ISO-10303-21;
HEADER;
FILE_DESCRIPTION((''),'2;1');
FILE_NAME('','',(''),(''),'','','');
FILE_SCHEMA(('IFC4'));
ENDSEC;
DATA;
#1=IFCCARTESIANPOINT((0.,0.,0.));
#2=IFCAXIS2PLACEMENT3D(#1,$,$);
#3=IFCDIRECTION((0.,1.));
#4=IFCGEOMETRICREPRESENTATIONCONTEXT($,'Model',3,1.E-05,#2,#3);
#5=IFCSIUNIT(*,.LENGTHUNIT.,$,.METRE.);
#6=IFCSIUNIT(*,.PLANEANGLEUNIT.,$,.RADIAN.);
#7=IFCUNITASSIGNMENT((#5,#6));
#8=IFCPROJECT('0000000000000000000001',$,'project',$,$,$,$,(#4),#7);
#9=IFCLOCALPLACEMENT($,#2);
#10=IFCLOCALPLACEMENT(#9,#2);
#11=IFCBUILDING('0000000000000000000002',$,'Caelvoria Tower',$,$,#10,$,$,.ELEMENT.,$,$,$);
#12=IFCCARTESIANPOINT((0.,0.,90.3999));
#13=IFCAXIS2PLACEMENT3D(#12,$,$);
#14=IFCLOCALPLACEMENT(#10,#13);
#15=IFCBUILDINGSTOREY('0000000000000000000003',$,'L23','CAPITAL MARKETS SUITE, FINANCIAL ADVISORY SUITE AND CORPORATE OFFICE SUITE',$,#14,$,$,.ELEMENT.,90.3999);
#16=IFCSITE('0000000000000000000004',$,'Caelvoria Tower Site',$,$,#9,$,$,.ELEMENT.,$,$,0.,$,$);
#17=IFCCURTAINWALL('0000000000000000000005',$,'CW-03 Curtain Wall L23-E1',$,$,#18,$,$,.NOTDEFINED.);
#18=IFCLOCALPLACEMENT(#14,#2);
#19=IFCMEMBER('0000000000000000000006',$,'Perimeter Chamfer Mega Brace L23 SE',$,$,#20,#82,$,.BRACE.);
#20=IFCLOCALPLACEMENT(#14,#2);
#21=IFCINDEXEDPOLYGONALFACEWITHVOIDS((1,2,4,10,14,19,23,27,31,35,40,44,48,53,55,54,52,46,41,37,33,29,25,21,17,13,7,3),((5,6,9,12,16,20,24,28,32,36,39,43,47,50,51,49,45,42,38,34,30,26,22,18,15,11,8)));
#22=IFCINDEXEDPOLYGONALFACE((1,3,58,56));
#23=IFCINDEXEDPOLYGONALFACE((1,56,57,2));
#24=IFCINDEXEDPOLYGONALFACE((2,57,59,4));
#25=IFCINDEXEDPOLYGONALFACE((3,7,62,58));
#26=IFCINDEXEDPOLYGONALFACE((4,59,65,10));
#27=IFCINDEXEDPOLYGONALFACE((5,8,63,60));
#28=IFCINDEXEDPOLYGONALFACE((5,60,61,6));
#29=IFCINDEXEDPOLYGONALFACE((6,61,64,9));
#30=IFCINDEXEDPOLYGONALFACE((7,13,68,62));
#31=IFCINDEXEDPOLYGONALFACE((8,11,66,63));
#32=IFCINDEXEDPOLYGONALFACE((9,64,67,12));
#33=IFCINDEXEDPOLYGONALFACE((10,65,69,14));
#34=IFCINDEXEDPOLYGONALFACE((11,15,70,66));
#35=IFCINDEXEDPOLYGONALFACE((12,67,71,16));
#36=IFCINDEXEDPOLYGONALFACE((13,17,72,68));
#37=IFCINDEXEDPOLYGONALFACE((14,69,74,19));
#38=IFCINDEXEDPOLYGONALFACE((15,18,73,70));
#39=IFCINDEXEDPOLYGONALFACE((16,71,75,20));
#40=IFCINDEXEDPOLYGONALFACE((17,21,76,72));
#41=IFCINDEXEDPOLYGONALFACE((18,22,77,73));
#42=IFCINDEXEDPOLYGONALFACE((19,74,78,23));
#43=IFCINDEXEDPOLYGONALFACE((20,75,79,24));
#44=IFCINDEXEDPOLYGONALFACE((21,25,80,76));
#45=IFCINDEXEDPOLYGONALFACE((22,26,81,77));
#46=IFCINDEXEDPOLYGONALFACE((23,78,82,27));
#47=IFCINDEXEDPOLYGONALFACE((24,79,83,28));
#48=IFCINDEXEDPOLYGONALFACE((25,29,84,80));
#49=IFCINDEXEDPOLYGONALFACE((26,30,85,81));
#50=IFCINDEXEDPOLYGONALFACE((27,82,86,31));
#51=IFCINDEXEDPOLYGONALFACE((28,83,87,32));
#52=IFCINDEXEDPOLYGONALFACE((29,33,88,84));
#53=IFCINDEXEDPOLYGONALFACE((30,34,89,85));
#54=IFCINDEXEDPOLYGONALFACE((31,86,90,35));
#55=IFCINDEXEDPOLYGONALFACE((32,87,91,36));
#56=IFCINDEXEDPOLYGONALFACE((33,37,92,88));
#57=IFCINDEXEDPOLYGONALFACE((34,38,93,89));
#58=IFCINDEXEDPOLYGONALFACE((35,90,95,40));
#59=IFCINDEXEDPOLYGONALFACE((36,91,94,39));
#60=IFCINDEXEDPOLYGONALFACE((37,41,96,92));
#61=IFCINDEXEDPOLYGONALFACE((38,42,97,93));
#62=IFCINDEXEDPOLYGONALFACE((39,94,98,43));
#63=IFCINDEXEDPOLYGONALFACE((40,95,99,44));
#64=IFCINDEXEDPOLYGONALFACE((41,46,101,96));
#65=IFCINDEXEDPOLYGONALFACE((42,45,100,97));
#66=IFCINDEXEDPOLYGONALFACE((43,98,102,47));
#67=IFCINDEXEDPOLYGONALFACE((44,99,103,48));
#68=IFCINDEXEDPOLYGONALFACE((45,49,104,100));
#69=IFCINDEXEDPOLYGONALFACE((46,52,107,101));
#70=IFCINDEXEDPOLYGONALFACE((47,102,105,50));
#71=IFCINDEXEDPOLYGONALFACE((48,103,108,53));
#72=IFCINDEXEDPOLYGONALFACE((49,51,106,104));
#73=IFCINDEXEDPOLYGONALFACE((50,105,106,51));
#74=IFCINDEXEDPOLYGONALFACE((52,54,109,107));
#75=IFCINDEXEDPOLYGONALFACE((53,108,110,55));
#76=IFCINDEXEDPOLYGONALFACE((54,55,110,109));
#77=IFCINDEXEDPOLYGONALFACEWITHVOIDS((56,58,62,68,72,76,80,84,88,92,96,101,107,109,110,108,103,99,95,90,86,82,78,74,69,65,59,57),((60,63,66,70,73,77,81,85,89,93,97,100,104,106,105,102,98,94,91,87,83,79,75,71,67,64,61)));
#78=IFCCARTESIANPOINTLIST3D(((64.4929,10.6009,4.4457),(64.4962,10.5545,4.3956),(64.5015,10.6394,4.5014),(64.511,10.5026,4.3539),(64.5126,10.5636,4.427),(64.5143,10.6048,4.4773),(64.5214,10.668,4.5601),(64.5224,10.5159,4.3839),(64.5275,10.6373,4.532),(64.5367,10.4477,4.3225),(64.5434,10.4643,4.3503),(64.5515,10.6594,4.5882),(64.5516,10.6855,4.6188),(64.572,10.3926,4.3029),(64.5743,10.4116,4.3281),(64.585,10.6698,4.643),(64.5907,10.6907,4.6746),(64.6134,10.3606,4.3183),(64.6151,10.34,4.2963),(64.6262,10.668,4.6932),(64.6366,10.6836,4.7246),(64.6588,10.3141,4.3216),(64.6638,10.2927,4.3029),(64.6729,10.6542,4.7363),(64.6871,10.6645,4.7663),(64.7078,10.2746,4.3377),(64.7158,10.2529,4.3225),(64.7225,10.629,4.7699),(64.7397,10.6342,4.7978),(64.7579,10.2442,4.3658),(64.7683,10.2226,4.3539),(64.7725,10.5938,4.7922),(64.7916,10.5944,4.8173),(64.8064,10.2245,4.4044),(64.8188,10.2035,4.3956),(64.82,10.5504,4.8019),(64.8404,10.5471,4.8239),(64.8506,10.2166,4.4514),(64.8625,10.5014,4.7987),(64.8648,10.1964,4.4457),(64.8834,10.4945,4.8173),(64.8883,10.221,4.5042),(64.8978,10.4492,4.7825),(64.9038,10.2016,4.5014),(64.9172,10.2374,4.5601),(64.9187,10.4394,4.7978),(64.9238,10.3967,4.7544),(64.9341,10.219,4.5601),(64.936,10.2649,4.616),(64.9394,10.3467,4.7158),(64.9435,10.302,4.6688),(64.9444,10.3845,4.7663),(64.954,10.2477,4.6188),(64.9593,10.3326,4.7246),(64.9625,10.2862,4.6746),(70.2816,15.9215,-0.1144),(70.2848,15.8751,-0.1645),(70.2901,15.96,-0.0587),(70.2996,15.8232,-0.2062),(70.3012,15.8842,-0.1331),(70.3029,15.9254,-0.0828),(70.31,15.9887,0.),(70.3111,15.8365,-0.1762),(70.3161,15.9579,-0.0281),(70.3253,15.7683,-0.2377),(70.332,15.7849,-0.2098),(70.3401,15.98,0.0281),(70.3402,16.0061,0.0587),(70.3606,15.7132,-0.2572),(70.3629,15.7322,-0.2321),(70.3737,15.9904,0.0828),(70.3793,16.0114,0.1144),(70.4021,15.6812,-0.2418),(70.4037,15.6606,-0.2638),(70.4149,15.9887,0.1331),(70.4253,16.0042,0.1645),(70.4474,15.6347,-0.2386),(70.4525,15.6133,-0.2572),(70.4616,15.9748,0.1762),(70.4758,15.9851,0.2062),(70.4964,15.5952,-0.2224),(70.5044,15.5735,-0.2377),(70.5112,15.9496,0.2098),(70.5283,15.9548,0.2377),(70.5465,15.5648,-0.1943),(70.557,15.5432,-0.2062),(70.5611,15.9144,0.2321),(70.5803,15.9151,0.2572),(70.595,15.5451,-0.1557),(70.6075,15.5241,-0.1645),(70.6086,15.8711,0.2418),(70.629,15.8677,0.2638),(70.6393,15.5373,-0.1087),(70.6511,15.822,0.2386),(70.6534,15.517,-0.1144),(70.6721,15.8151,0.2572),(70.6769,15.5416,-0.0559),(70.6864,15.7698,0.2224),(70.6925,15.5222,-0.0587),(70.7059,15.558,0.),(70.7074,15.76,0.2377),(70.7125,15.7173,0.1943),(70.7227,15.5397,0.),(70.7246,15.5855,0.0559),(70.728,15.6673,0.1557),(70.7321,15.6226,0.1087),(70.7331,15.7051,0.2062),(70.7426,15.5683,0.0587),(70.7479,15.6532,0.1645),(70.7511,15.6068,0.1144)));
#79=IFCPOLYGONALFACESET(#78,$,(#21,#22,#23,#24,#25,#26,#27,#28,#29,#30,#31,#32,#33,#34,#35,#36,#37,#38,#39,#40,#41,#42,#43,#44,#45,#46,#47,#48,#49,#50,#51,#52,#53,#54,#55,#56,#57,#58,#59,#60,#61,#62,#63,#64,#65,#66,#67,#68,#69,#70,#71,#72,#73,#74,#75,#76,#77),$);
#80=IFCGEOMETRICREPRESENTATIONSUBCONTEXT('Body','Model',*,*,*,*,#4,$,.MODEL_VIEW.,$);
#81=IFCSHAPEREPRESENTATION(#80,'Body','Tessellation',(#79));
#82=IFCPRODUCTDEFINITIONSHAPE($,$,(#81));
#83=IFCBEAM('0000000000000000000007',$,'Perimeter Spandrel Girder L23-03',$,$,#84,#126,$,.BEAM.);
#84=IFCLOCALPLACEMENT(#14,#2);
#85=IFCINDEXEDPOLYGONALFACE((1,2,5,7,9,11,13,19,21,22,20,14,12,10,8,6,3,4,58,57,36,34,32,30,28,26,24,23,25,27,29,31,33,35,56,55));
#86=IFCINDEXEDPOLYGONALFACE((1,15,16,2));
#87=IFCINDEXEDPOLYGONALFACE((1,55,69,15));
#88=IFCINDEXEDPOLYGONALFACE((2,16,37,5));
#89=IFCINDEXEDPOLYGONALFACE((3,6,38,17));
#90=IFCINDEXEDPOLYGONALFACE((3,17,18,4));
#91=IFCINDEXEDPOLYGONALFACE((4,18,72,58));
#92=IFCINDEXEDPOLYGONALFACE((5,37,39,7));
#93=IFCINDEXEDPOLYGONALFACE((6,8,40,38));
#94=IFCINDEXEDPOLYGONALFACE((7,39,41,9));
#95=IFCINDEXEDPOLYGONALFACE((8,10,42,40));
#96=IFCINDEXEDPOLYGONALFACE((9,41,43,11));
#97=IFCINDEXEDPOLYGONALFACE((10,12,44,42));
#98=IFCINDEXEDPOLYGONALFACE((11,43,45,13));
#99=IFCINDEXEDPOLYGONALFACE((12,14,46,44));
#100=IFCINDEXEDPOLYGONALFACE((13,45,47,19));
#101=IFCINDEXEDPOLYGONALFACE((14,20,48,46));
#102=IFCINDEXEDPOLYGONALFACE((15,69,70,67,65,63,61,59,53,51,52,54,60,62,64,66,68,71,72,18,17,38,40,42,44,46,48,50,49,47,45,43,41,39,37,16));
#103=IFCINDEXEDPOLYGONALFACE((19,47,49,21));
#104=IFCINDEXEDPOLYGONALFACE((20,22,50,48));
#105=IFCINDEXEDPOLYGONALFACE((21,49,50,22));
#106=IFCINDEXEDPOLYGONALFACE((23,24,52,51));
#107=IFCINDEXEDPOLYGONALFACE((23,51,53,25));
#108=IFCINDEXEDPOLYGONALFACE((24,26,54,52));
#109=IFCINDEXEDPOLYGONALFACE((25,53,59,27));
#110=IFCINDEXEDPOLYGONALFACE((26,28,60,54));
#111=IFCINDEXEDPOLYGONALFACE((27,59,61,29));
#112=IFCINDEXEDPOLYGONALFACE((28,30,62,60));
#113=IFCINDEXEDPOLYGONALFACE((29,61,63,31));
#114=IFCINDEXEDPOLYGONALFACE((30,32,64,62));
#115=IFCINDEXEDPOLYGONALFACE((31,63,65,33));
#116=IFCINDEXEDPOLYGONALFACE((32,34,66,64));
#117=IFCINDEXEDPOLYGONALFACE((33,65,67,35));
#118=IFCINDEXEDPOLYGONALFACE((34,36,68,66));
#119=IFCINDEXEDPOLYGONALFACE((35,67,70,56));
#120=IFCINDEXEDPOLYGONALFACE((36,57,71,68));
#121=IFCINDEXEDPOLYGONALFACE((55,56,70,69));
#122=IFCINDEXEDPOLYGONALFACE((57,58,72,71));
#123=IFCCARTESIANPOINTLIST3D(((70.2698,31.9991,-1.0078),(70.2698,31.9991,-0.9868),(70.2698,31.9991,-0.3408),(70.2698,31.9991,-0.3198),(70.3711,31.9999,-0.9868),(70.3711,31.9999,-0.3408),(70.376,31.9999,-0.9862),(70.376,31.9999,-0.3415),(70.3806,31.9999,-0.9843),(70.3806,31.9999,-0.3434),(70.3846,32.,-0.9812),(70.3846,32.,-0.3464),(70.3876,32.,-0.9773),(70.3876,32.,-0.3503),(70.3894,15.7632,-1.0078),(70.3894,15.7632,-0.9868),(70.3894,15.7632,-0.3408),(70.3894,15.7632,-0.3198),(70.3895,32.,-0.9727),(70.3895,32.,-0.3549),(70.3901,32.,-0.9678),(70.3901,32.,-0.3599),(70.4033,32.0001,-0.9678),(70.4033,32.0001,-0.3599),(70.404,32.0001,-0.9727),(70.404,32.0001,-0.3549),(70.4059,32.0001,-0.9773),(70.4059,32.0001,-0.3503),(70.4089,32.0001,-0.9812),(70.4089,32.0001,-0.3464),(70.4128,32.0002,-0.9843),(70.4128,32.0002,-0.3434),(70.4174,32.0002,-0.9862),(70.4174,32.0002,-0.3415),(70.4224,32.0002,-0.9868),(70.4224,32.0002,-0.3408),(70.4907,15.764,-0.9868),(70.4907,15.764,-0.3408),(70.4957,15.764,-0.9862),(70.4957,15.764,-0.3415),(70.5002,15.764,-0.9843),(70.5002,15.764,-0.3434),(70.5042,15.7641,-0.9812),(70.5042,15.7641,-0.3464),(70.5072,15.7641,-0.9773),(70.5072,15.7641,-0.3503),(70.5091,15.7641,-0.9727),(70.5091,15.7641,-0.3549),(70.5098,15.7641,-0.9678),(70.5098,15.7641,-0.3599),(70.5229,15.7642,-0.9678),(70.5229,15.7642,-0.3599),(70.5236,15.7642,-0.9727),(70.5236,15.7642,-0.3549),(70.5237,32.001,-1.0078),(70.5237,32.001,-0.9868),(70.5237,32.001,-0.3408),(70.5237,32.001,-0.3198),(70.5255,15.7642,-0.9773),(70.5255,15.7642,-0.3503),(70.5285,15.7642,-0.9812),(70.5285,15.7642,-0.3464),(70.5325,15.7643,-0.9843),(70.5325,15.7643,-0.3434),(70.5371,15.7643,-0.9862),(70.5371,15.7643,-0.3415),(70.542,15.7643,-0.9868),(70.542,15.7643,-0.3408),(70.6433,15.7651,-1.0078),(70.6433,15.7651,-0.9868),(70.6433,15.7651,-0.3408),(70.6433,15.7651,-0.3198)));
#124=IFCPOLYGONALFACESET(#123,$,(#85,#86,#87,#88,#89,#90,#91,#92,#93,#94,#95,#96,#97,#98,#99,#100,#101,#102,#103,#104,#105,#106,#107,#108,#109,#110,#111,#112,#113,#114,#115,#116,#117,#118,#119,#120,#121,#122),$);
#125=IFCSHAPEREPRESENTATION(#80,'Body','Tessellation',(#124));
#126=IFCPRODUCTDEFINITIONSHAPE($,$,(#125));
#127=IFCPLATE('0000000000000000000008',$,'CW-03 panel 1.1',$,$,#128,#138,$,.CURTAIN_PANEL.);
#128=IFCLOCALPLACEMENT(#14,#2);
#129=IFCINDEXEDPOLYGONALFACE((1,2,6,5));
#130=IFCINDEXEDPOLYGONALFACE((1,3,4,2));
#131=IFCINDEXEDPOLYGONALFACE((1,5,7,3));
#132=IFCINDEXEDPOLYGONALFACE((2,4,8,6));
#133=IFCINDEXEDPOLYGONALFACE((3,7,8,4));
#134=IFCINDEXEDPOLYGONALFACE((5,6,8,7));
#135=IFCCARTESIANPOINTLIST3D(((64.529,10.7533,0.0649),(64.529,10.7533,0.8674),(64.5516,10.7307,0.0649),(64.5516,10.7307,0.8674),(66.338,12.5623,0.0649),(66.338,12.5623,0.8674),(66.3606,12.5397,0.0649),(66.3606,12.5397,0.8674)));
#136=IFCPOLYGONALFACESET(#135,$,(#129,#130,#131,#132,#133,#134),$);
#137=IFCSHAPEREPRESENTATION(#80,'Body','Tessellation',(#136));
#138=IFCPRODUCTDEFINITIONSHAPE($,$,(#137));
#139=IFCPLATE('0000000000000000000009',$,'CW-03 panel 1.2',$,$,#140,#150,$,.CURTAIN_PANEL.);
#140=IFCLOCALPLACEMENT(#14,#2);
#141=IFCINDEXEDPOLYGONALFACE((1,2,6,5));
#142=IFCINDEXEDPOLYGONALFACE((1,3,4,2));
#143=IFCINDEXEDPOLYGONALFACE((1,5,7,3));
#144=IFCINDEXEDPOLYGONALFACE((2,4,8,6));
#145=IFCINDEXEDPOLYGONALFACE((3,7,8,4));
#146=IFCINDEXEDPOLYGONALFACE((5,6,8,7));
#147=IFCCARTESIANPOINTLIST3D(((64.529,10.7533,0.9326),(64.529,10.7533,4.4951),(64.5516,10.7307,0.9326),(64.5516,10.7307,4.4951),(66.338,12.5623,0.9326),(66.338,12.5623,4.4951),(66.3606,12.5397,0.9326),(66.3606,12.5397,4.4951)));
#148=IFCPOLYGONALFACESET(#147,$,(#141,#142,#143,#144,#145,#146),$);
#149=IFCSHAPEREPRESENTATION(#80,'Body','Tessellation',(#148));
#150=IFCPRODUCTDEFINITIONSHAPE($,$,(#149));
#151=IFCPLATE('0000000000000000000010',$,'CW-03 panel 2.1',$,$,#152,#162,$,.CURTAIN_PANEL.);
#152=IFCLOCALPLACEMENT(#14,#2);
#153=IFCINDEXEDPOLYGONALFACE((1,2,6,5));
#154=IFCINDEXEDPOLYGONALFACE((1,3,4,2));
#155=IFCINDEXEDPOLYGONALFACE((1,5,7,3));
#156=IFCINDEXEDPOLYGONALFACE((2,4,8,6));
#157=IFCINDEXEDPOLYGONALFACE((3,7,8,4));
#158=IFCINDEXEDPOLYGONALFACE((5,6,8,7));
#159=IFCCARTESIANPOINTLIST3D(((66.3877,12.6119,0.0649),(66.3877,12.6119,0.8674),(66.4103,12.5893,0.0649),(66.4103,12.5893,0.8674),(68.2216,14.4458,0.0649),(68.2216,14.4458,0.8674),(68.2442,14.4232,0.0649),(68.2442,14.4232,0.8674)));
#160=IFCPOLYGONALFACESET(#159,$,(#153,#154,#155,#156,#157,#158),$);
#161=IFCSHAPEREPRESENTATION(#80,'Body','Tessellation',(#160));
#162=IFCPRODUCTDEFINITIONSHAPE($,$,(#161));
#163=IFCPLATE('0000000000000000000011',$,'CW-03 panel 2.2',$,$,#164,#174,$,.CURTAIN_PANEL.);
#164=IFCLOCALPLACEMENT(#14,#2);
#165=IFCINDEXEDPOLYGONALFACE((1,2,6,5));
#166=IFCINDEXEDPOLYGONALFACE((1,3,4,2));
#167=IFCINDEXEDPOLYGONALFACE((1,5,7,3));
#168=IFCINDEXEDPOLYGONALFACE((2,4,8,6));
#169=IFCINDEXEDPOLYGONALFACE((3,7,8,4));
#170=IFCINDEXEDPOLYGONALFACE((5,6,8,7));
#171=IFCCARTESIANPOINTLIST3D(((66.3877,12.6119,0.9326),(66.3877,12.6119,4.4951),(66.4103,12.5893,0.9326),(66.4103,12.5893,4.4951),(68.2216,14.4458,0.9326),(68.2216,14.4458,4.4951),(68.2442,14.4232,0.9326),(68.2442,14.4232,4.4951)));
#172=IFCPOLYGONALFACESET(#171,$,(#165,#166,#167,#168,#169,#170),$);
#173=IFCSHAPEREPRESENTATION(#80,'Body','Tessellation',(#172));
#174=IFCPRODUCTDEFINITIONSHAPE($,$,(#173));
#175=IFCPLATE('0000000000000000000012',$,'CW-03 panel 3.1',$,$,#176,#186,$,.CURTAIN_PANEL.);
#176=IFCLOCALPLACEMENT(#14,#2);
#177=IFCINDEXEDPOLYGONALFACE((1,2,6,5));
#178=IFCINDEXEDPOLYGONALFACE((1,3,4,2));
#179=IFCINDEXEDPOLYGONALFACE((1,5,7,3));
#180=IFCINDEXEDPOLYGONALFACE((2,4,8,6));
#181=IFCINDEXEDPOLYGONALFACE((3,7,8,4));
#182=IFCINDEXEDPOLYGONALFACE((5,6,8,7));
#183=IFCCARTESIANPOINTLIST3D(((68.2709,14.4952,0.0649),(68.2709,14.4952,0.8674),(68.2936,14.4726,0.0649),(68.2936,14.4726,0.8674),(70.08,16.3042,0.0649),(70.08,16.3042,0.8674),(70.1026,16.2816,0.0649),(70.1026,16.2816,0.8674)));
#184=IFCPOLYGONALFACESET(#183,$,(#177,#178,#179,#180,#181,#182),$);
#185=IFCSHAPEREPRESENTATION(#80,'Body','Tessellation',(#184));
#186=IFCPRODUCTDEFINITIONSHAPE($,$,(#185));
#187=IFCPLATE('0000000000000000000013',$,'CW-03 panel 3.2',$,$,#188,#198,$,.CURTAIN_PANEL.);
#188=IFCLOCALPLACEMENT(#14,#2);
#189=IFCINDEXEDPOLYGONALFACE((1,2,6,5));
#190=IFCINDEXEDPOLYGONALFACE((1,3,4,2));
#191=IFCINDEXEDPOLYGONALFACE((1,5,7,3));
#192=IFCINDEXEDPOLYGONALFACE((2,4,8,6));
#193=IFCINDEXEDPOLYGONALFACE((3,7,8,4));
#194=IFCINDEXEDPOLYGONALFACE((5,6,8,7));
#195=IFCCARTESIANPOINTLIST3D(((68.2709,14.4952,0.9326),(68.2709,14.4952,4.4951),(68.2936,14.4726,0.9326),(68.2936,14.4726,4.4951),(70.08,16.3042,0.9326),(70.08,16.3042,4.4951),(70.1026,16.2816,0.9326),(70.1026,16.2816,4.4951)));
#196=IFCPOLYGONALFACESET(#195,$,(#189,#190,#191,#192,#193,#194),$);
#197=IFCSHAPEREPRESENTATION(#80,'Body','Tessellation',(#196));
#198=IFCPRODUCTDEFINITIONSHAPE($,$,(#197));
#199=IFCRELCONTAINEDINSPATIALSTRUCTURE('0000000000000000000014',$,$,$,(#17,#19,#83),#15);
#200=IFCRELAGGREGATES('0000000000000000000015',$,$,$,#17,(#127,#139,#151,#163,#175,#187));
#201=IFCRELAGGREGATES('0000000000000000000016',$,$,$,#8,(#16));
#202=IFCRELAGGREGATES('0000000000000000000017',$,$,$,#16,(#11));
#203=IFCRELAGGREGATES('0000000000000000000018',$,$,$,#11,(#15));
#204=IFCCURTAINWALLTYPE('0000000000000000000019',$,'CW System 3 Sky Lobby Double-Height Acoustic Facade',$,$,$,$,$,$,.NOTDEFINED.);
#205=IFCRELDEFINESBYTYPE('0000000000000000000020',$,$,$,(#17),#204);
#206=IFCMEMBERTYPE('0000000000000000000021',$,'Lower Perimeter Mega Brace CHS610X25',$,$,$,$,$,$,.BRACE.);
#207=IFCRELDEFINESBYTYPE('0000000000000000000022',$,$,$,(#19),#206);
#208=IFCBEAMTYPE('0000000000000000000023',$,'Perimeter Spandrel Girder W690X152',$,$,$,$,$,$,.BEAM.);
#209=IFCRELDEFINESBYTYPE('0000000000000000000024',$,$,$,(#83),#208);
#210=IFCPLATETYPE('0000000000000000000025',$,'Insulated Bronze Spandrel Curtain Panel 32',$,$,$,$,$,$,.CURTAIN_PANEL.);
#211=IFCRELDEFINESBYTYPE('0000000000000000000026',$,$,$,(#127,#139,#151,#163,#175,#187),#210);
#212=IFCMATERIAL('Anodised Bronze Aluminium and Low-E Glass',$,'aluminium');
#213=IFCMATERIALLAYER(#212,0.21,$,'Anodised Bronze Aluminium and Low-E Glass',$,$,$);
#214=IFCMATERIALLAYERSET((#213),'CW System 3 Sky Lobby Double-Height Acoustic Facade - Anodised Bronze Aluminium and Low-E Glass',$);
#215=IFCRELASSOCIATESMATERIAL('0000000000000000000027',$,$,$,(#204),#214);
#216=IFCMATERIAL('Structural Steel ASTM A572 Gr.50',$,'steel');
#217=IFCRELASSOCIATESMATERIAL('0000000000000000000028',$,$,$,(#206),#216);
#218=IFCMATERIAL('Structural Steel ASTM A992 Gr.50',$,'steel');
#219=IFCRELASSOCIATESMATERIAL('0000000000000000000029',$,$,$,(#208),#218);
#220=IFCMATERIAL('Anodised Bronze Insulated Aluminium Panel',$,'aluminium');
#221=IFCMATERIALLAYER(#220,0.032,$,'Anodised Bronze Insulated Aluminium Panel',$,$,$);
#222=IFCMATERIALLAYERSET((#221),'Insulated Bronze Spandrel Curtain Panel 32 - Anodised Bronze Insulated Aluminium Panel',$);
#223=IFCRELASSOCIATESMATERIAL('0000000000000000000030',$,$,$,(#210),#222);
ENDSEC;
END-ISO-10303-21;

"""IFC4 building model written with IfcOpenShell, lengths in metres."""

from ifc_helpers import new_model, si_unit, direction, frame, origin, origin_2d, place, context, subcontext, project, spatial, rectangle, hollow_circle, i_section, extrude, material, layer, layer_set, material_profile, profile_set, type_object, element, aggregate, save


model = new_model("IFC4")

# Units and contexts
model_context = context("Model", 3, precision=1e-05, world=origin(), true_north=direction((0.0, 1.0)))
body_context = subcontext(model_context, "Body", "Model", "MODEL_VIEW")
ifc_project = project(units=[si_unit("LENGTHUNIT", "METRE"), si_unit("PLANEANGLEUNIT", "RADIAN")], contexts=[model_context])

# Site, building, storey
site_placement = place(None, origin())
site = spatial("IfcSite", under=ifc_project, at=site_placement, Name="Caelvoria Tower Site", CompositionType="ELEMENT", RefElevation=0.0)
building_placement = place(site_placement, origin())
building = spatial("IfcBuilding", under=site, at=building_placement, Name="Caelvoria Tower", CompositionType="ELEMENT")
storey_placement = place(building_placement, frame((0.0, 0.0, 90.3999)))
storey = spatial("IfcBuildingStorey", under=building, at=storey_placement, Name="L23", Description="CAPITAL MARKETS SUITE, FINANCIAL ADVISORY SUITE AND CORPORATE OFFICE SUITE", CompositionType="ELEMENT", Elevation=90.3999)

# Shared definitions
ifc_material_1 = material(Name="Structural Steel ASTM A572 Gr.50", Category="steel")

# Shared definitions
ifc_material_2 = material(Name="Anodised Bronze Aluminium and Low-E Glass", Category="aluminium")
ifc_layer_1 = layer(ifc_material_2, 0.21, Name="Anodised Bronze Aluminium and Low-E Glass")
ifc_layer_set_1 = layer_set([ifc_layer_1], Name="CW System 3 Sky Lobby Double-Height Acoustic Facade - Anodised Bronze Aluminium and Low-E Glass")
curtain_wall_type = type_object("IfcCurtainWallType", Name="CW System 3 Sky Lobby Double-Height Acoustic Facade", PredefinedType="NOTDEFINED", material=ifc_layer_set_1)

# Curtain wall
curtain_wall_1_placement = place(storey_placement, origin())
curtain_wall_1 = element("IfcCurtainWall", 1, at=curtain_wall_1_placement, inside=storey, type_object=curtain_wall_type, Name="CW-03 Curtain Wall L23-E1", PredefinedType="NOTDEFINED")

# Member
ifc_material_profile_1 = material_profile(ifc_material_1, hollow_circle(Radius=0.3049, WallThickness=0.0249, at=origin_2d()), Name="Structural Steel ASTM A572 Gr.50")
ifc_profile_set_1 = profile_set([ifc_material_profile_1], Name="CHS610X25 - Structural Steel ASTM A572 Gr.50")
member_type_1 = type_object("IfcMemberType", Name="Lower Perimeter Mega Brace CHS610X25", PredefinedType="BRACE", material=ifc_profile_set_1)
member_1_placement = place(storey_placement, frame((70.5164, 15.7642, 0.0), z_axis=(-0.636876, -0.585384, 0.501711), x_axis=(0.676717, -0.736243, 0.0)))
element("IfcMember", 2, at=member_1_placement, inside=storey, type_object=member_type_1, Name="Perimeter Chamfer Mega Brace L23 SE", PredefinedType="BRACE", context=body_context, shape_type="SweptSolid", body=[
    extrude(hollow_circle(Radius=0.3049, WallThickness=0.0249, at=origin_2d()), origin(), (0.0, 0.0, 1.0), 9.0891),
])

# Beam
ifc_material_3 = material(Name="Structural Steel ASTM A992 Gr.50", Category="steel")
ifc_material_profile_2 = material_profile(ifc_material_3, i_section(OverallWidth=0.2539, OverallDepth=0.688, WebThickness=0.0132, FlangeThickness=0.021, FilletRadius=0.019, at=origin_2d()), Name="Structural Steel ASTM A992 Gr.50")
ifc_profile_set_2 = profile_set([ifc_material_profile_2], Name="W690X152 - Structural Steel ASTM A992 Gr.50")
beam_type = type_object("IfcBeamType", Name="Perimeter Spandrel Girder W690X152", PredefinedType="BEAM", material=ifc_profile_set_2)
beam_placement = place(storey_placement, frame((70.5164, 15.7642, -0.6638), z_axis=(-0.007368, 0.999973, 0.0), x_axis=(-0.999973, -0.007368, 0.0)))
element("IfcBeam", 3, at=beam_placement, inside=storey, type_object=beam_type, Name="Perimeter Spandrel Girder L23-03", PredefinedType="BEAM", context=body_context, shape_type="SweptSolid", body=[
    extrude(i_section(OverallWidth=0.2539, OverallDepth=0.688, WebThickness=0.0132, FlangeThickness=0.021, FilletRadius=0.019, at=origin_2d()), origin(), (0.0, 0.0, 1.0), 16.2363),
])

# Plates
ifc_material_4 = material(Name="Anodised Bronze Insulated Aluminium Panel", Category="aluminium")
ifc_layer_2 = layer(ifc_material_4, 0.032, Name="Anodised Bronze Insulated Aluminium Panel")
ifc_layer_set_2 = layer_set([ifc_layer_2], Name="Insulated Bronze Spandrel Curtain Panel 32 - Anodised Bronze Insulated Aluminium Panel")
plate_type_1 = type_object("IfcPlateType", Name="Insulated Bronze Spandrel Curtain Panel 32", PredefinedType="CURTAIN_PANEL", material=ifc_layer_set_2)
plate_1_placement = place(storey_placement, frame((65.4448, 11.6465, 0.0649), z_axis=(0.0, 0.0, 1.0), x_axis=(0.707107, 0.707107, 0.0)))
plate_1 = element("IfcPlate", 4, at=plate_1_placement, type_object=plate_type_1, Name="CW-03 panel 1.1", PredefinedType="CURTAIN_PANEL", context=body_context, shape_type="SweptSolid", body=[
    extrude(rectangle(XDim=2.5583, YDim=0.032, at=origin_2d()), origin(), (0.0, 0.0, 1.0), 0.8025),
])
plate_2_placement = place(storey_placement, frame((65.4448, 11.6465, 0.9326), z_axis=(0.0, 0.0, 1.0), x_axis=(0.707107, 0.707107, 0.0)))
plate_2 = element("IfcPlate", 5, at=plate_2_placement, type_object=plate_type_1, Name="CW-03 panel 1.2", PredefinedType="CURTAIN_PANEL", context=body_context, shape_type="SweptSolid", body=[
    extrude(rectangle(XDim=2.5583, YDim=0.032, at=origin_2d()), origin(), (0.0, 0.0, 1.0), 3.5625),
])
plate_3_placement = place(storey_placement, frame((67.3159, 13.5176, 0.0649), z_axis=(0.0, 0.0, 1.0), x_axis=(0.707107, 0.707107, 0.0)))
plate_3 = element("IfcPlate", 6, at=plate_3_placement, type_object=plate_type_1, Name="CW-03 panel 2.1", PredefinedType="CURTAIN_PANEL", context=body_context, shape_type="SweptSolid", body=[
    extrude(rectangle(XDim=2.5935, YDim=0.032, at=origin_2d()), origin(), (0.0, 0.0, 1.0), 0.8025),
])
plate_4_placement = place(storey_placement, frame((67.3159, 13.5176, 0.9326), z_axis=(0.0, 0.0, 1.0), x_axis=(0.707107, 0.707107, 0.0)))
plate_4 = element("IfcPlate", 7, at=plate_4_placement, type_object=plate_type_1, Name="CW-03 panel 2.2", PredefinedType="CURTAIN_PANEL", context=body_context, shape_type="SweptSolid", body=[
    extrude(rectangle(XDim=2.5935, YDim=0.032, at=origin_2d()), origin(), (0.0, 0.0, 1.0), 3.5625),
])
plate_5_placement = place(storey_placement, frame((69.1868, 15.3884, 0.0649), z_axis=(0.0, 0.0, 1.0), x_axis=(0.707107, 0.707107, 0.0)))
plate_5 = element("IfcPlate", 8, at=plate_5_placement, type_object=plate_type_1, Name="CW-03 panel 3.1", PredefinedType="CURTAIN_PANEL", context=body_context, shape_type="SweptSolid", body=[
    extrude(rectangle(XDim=2.5583, YDim=0.032, at=origin_2d()), origin(), (0.0, 0.0, 1.0), 0.8025),
])
plate_6_placement = place(storey_placement, frame((69.1868, 15.3884, 0.9326), z_axis=(0.0, 0.0, 1.0), x_axis=(0.707107, 0.707107, 0.0)))
plate_6 = element("IfcPlate", 9, at=plate_6_placement, type_object=plate_type_1, Name="CW-03 panel 3.2", PredefinedType="CURTAIN_PANEL", context=body_context, shape_type="SweptSolid", body=[
    extrude(rectangle(XDim=2.5583, YDim=0.032, at=origin_2d()), origin(), (0.0, 0.0, 1.0), 3.5625),
])
aggregate(curtain_wall_1, [plate_1, plate_2, plate_3, plate_4, plate_5, plate_6])

save(model, "model.ifc")
